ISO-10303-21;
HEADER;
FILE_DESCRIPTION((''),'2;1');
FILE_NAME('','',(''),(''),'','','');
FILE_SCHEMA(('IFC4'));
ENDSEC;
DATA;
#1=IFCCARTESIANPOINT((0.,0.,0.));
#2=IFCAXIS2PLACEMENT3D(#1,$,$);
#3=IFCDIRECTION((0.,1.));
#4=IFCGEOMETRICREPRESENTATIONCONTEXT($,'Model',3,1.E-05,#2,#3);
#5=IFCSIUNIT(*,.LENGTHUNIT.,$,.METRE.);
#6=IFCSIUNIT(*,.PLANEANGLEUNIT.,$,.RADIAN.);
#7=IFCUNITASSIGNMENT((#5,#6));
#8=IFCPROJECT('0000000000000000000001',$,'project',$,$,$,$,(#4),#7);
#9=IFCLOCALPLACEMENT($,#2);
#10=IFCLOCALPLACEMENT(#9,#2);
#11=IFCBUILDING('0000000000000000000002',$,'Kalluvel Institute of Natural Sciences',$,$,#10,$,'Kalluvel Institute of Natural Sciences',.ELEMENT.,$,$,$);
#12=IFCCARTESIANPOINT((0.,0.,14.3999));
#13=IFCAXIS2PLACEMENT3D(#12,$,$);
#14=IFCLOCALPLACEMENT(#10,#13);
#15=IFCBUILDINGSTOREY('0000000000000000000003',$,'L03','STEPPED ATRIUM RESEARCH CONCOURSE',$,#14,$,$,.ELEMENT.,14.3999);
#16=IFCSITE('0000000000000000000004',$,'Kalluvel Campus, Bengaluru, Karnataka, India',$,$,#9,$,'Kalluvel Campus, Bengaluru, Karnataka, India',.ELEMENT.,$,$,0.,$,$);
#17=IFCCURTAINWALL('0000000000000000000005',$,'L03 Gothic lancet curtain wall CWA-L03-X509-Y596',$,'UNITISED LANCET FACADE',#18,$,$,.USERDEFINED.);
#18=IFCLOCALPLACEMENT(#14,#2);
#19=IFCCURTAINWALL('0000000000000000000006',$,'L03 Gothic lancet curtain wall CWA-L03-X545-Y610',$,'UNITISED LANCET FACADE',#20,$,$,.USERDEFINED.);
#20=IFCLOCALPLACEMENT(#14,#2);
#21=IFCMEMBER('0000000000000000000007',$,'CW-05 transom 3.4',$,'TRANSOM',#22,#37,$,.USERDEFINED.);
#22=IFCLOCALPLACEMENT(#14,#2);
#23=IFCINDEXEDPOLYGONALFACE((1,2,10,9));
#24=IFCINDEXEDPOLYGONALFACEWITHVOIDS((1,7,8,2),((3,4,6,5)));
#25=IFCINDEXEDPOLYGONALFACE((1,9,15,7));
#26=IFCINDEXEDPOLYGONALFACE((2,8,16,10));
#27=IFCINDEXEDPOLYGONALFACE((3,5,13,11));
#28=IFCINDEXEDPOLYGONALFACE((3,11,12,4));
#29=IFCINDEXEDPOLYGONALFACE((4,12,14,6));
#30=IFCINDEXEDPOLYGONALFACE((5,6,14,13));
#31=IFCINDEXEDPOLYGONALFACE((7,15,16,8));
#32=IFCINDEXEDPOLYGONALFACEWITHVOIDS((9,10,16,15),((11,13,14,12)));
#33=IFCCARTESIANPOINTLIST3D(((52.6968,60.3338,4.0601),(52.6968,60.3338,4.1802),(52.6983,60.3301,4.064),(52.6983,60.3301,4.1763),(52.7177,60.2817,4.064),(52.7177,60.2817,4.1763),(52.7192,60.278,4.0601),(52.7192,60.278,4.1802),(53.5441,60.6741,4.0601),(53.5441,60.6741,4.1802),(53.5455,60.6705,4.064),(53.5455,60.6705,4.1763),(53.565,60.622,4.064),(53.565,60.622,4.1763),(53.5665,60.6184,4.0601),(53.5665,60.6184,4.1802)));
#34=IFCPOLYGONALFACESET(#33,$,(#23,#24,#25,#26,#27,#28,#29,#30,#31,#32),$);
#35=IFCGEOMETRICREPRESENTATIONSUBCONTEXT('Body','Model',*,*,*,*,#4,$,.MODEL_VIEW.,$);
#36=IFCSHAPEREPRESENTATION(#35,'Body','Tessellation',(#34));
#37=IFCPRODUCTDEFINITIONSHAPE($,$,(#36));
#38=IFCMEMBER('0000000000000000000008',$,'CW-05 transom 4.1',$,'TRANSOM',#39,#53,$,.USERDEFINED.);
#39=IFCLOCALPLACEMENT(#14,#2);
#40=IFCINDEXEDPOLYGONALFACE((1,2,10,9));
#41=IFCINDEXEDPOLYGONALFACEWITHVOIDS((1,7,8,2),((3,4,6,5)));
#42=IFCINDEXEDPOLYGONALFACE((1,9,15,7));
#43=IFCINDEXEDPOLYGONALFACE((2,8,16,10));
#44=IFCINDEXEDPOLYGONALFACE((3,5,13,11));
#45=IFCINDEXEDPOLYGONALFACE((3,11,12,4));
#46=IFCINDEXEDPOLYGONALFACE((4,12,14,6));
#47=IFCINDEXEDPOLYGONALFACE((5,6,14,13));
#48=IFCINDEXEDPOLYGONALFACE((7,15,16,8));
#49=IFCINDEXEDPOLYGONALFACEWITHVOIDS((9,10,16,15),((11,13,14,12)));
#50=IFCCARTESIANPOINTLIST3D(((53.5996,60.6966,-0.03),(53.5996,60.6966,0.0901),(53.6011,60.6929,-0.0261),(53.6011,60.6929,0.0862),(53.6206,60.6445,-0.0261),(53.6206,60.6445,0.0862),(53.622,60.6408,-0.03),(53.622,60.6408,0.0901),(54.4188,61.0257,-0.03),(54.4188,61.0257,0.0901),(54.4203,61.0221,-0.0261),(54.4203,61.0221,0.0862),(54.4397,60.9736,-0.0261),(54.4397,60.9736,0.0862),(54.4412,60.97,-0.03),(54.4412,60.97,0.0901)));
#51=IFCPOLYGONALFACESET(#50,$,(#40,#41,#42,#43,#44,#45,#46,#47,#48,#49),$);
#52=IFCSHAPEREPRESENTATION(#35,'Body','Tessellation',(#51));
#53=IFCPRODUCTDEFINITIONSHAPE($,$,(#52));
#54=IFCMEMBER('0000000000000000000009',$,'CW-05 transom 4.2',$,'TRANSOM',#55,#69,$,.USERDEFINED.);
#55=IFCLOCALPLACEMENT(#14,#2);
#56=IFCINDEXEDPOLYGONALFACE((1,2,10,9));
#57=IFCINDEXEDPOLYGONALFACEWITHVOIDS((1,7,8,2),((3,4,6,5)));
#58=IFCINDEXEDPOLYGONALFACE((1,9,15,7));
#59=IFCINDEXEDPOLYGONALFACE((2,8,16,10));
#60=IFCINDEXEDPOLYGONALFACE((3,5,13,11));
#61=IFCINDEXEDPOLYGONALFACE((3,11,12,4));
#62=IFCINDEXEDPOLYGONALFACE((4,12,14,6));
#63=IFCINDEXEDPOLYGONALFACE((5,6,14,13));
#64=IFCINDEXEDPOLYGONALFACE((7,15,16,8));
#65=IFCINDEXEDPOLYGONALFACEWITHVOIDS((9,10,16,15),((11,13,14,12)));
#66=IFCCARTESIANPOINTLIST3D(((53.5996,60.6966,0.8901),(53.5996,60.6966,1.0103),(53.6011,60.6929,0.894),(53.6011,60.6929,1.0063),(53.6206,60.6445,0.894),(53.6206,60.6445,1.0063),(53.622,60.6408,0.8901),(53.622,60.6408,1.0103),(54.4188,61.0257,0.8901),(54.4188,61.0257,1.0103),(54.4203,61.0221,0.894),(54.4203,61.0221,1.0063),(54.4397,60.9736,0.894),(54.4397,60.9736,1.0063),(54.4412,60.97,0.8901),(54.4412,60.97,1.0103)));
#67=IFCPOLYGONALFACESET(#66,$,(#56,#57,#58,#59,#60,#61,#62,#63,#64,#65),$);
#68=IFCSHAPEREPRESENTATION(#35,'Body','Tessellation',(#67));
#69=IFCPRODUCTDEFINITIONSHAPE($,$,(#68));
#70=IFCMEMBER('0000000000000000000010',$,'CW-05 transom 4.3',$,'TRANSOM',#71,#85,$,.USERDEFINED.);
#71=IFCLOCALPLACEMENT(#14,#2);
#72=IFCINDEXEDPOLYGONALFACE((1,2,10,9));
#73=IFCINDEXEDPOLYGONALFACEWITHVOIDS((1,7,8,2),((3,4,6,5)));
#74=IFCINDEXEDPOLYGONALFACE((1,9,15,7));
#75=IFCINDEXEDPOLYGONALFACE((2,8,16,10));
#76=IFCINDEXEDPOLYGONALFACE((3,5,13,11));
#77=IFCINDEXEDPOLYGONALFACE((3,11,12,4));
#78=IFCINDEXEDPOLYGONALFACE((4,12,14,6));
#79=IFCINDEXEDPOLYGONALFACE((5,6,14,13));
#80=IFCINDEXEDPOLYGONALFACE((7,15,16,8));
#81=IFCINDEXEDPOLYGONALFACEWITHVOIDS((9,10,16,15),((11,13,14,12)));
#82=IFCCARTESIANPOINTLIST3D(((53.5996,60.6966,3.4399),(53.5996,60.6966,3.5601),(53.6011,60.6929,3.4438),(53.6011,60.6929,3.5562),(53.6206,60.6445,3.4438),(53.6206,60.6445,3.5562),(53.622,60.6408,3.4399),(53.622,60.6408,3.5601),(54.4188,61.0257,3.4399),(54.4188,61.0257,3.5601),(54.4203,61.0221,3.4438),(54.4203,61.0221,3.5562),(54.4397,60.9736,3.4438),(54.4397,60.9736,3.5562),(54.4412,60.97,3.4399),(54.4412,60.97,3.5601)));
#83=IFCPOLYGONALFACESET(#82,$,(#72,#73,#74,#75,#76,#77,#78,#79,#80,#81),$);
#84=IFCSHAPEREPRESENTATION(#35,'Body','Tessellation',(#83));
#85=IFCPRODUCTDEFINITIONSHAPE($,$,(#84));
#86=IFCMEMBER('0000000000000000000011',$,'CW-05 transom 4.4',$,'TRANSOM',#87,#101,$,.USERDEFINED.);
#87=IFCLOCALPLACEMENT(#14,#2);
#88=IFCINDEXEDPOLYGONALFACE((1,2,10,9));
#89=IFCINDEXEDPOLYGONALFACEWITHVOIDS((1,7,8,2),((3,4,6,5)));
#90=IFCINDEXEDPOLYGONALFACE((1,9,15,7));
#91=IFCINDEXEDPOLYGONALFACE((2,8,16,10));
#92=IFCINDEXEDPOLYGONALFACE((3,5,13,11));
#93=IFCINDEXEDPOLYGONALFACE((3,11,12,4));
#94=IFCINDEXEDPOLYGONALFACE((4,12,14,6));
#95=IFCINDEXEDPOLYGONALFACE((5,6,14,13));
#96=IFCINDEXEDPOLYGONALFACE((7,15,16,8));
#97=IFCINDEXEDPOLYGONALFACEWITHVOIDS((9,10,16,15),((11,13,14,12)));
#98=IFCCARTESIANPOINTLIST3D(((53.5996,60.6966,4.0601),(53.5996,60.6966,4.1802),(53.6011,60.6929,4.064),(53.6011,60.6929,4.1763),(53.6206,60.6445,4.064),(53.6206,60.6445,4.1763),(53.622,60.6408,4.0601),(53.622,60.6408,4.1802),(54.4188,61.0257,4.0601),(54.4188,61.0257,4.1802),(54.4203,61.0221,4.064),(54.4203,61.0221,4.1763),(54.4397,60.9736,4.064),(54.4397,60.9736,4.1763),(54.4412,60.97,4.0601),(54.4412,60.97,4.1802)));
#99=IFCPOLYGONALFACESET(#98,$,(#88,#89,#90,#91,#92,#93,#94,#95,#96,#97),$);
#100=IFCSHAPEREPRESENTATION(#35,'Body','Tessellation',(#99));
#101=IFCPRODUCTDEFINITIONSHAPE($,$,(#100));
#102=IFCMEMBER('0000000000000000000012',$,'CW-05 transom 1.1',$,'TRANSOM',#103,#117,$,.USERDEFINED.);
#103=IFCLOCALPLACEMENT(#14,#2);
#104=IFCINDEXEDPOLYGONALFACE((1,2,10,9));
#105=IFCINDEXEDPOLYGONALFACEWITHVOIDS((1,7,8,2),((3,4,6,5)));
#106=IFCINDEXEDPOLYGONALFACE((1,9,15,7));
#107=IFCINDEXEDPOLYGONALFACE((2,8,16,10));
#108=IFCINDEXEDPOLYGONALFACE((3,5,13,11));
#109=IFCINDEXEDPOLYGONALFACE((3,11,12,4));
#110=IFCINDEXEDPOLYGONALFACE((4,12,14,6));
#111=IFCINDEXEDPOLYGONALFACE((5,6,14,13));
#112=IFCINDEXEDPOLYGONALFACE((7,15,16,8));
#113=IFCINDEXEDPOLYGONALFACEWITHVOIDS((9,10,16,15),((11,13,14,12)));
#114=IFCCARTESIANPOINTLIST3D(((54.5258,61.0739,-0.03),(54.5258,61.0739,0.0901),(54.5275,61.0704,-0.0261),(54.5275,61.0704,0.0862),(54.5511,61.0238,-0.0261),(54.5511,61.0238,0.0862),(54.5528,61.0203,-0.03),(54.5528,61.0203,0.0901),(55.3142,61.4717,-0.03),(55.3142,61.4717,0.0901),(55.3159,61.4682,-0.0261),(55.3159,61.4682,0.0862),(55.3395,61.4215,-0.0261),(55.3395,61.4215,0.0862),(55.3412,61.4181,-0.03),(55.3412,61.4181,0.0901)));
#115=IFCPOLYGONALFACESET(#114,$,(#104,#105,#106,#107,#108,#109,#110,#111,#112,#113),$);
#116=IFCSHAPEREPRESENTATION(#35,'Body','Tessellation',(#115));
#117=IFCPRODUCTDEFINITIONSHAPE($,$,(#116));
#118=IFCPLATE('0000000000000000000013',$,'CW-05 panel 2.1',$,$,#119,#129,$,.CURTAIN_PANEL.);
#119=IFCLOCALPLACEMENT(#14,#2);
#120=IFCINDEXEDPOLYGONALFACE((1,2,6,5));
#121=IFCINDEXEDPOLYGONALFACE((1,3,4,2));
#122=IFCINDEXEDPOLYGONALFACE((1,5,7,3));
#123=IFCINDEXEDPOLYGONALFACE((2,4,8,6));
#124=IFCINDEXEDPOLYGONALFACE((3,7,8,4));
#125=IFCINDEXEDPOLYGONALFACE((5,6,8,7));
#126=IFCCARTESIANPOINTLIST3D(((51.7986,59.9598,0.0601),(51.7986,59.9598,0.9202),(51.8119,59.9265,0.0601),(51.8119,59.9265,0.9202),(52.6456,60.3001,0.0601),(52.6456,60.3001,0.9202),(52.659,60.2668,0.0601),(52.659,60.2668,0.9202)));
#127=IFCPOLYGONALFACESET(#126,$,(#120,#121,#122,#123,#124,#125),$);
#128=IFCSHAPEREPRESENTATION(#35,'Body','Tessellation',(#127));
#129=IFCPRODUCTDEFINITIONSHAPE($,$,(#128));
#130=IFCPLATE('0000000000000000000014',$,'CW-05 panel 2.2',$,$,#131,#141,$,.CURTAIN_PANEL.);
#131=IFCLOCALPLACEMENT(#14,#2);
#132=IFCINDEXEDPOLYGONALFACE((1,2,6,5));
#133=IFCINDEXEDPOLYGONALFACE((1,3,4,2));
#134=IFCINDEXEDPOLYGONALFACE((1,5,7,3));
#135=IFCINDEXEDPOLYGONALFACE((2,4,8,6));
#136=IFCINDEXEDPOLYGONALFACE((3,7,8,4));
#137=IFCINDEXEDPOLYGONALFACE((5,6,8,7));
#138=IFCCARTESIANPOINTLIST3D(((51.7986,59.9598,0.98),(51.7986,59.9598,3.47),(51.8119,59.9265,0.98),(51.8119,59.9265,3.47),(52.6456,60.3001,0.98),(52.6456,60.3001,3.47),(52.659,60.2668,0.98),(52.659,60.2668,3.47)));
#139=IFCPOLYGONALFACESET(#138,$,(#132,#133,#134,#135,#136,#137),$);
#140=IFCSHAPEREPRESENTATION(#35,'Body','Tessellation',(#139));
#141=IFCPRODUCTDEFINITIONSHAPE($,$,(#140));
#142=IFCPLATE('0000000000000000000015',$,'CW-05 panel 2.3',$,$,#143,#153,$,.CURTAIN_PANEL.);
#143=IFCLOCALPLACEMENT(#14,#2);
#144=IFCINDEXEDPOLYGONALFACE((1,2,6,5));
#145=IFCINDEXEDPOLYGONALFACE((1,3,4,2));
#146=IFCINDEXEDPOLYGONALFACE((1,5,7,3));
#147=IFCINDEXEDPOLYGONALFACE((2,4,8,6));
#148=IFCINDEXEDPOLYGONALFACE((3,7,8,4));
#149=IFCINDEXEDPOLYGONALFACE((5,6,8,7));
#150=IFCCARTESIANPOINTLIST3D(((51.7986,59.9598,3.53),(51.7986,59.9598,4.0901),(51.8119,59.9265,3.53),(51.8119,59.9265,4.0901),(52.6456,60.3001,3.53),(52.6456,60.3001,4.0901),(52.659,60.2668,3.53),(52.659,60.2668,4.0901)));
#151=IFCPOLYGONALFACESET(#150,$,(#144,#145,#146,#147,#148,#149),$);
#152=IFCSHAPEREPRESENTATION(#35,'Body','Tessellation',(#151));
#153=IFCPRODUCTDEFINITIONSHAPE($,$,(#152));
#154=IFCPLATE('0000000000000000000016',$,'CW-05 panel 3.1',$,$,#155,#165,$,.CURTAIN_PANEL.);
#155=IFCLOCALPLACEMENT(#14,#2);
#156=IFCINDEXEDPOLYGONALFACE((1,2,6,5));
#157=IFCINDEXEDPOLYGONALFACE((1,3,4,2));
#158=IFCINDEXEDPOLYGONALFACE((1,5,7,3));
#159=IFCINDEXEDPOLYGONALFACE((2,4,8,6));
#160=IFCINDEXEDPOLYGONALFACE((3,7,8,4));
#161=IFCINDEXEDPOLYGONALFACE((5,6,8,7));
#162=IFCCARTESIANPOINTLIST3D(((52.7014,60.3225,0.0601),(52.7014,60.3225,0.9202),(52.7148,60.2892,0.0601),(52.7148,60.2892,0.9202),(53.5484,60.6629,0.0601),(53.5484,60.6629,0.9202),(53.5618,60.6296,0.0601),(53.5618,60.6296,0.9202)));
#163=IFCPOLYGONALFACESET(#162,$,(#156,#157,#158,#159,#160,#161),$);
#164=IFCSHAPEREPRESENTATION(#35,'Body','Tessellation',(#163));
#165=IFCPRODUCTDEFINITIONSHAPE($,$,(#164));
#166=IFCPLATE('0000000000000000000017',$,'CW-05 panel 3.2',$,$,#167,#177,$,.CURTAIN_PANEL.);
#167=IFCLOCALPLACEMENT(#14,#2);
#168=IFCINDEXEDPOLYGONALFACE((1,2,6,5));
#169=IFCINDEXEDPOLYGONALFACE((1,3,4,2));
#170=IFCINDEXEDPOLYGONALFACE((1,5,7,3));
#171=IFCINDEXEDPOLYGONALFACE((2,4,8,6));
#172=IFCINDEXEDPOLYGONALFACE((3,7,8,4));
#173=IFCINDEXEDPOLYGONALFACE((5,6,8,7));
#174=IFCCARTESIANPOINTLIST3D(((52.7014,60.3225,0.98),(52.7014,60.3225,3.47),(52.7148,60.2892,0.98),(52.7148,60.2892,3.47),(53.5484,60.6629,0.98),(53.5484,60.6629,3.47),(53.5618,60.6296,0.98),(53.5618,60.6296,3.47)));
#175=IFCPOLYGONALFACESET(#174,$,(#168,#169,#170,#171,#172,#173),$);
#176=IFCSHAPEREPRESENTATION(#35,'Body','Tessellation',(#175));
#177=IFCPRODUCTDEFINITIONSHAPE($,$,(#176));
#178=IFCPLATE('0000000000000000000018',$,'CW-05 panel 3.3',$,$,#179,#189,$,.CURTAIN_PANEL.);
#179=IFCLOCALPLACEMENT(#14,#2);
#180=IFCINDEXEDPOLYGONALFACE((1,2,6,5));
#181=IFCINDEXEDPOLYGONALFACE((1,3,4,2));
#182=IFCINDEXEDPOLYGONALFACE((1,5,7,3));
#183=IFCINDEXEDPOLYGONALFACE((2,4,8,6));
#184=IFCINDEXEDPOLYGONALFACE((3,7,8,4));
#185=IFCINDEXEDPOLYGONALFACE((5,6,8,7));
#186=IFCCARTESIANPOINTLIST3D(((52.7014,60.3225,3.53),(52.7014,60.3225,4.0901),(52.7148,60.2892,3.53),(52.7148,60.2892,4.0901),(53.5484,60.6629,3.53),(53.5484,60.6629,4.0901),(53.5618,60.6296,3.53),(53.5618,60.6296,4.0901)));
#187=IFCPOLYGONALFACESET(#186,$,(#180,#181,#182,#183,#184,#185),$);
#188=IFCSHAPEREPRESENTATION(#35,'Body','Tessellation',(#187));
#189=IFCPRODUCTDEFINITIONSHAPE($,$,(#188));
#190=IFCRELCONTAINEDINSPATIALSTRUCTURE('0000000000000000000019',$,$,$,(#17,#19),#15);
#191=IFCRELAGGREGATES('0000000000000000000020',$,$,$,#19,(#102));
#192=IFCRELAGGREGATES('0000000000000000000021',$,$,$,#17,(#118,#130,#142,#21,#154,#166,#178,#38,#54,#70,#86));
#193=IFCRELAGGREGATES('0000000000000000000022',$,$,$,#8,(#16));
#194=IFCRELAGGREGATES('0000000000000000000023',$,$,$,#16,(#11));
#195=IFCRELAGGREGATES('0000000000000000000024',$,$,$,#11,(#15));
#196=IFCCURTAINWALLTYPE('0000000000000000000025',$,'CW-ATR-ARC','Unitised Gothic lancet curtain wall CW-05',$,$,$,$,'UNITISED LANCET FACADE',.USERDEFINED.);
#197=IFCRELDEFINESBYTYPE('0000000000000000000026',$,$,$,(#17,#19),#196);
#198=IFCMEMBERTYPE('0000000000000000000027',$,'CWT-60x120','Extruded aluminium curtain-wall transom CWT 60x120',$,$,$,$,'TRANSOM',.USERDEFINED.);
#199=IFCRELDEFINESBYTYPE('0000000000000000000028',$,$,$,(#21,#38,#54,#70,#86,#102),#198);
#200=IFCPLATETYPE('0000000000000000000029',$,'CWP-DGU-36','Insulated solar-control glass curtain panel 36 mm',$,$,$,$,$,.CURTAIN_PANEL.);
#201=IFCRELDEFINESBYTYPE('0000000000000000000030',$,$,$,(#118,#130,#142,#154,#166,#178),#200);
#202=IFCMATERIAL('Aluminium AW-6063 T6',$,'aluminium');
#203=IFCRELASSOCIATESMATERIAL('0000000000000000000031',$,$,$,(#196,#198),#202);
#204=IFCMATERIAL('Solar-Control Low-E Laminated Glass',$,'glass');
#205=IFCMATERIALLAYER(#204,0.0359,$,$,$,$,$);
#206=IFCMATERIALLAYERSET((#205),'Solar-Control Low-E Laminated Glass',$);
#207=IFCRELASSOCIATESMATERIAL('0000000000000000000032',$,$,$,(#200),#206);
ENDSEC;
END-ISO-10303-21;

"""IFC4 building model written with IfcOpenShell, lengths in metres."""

from ifc_helpers import new_model, si_unit, direction, frame, origin, origin_2d, place, context, subcontext, project, spatial, rectangle, hollow_rectangle, extrude, material, layer, layer_set, material_profile, profile_set, type_object, element, aggregate, save


model = new_model("IFC4")

# Units and contexts
model_context = context("Model", 3, precision=1e-05, world=origin(), true_north=direction((0.0, 1.0)))
body_context = subcontext(model_context, "Body", "Model", "MODEL_VIEW")
ifc_project = project(units=[si_unit("LENGTHUNIT", "METRE"), si_unit("PLANEANGLEUNIT", "RADIAN")], contexts=[model_context])

# Site, building, storey
site_placement = place(None, origin())
site = spatial("IfcSite", under=ifc_project, at=site_placement, Name="Kalluvel Campus, Bengaluru, Karnataka, India", LongName="Kalluvel Campus, Bengaluru, Karnataka, India", CompositionType="ELEMENT", RefElevation=0.0)
building_placement = place(site_placement, origin())
building = spatial("IfcBuilding", under=site, at=building_placement, Name="Kalluvel Institute of Natural Sciences", LongName="Kalluvel Institute of Natural Sciences", CompositionType="ELEMENT")
storey_placement = place(building_placement, frame((0.0, 0.0, 14.3999)))
storey = spatial("IfcBuildingStorey", under=building, at=storey_placement, Name="L03", Description="STEPPED ATRIUM RESEARCH CONCOURSE", CompositionType="ELEMENT", Elevation=14.3999)

# Curtain wall
ifc_material_1 = material(Name="Aluminium AW-6063 T6", Category="aluminium")
curtain_wall_type = type_object("IfcCurtainWallType", Name="CW-ATR-ARC", Description="Unitised Gothic lancet curtain wall CW-05", ElementType="UNITISED LANCET FACADE", PredefinedType="USERDEFINED", material=ifc_material_1)
curtain_wall_1_placement = place(storey_placement, origin())
curtain_wall_1 = element("IfcCurtainWall", 1, at=curtain_wall_1_placement, inside=storey, type_object=curtain_wall_type, Name="L03 Gothic lancet curtain wall CWA-L03-X509-Y596", ObjectType="UNITISED LANCET FACADE", PredefinedType="USERDEFINED")

# Curtain wall
curtain_wall_2_placement = place(storey_placement, origin())
curtain_wall_2 = element("IfcCurtainWall", 2, at=curtain_wall_2_placement, inside=storey, type_object=curtain_wall_type, Name="L03 Gothic lancet curtain wall CWA-L03-X545-Y610", ObjectType="UNITISED LANCET FACADE", PredefinedType="USERDEFINED")

# Members
ifc_material_profile_1 = material_profile(ifc_material_1, hollow_rectangle(XDim=0.0601, YDim=0.1201, WallThickness=0.0039, at=origin_2d()), Name="CWT 60x120")
ifc_profile_set_1 = profile_set([ifc_material_profile_1], Name="Aluminium AW-6063 T6")
member_type_1 = type_object("IfcMemberType", Name="CWT-60x120", Description="Extruded aluminium curtain-wall transom CWT 60x120", ElementType="TRANSOM", PredefinedType="USERDEFINED", material=ifc_profile_set_1)
member_1_placement = place(storey_placement, frame((52.708, 60.3059, 4.1201), z_axis=(0.927922, 0.372773, 0.0), x_axis=(-0.372773, 0.927922, 0.0)))
member_1 = element("IfcMember", 3, at=member_1_placement, type_object=member_type_1, Name="CW-05 transom 3.4", ObjectType="TRANSOM", PredefinedType="USERDEFINED", context=body_context, shape_type="SweptSolid", body=[
    extrude(hollow_rectangle(XDim=0.0601, YDim=0.1201, WallThickness=0.0039, at=origin_2d()), origin(), (0.0, 0.0, 1.0), 0.9131),
])
member_2_placement = place(storey_placement, frame((53.6108, 60.6687, 0.03), z_axis=(0.927903, 0.372821, 0.0), x_axis=(-0.372821, 0.927903, 0.0)))
member_2 = element("IfcMember", 4, at=member_2_placement, type_object=member_type_1, Name="CW-05 transom 4.1", ObjectType="TRANSOM", PredefinedType="USERDEFINED", context=body_context, shape_type="SweptSolid", body=[
    extrude(hollow_rectangle(XDim=0.0601, YDim=0.1201, WallThickness=0.0039, at=origin_2d()), origin(), (0.0, 0.0, 1.0), 0.8828),
])
member_3_placement = place(storey_placement, frame((53.6108, 60.6687, 0.9502), z_axis=(0.927903, 0.372821, 0.0), x_axis=(-0.372821, 0.927903, 0.0)))
member_3 = element("IfcMember", 5, at=member_3_placement, type_object=member_type_1, Name="CW-05 transom 4.2", ObjectType="TRANSOM", PredefinedType="USERDEFINED", context=body_context, shape_type="SweptSolid", body=[
    extrude(hollow_rectangle(XDim=0.0601, YDim=0.1201, WallThickness=0.0039, at=origin_2d()), origin(), (0.0, 0.0, 1.0), 0.8828),
])
member_4_placement = place(storey_placement, frame((53.6108, 60.6687, 3.5), z_axis=(0.927903, 0.372821, 0.0), x_axis=(-0.372821, 0.927903, 0.0)))
member_4 = element("IfcMember", 6, at=member_4_placement, type_object=member_type_1, Name="CW-05 transom 4.3", ObjectType="TRANSOM", PredefinedType="USERDEFINED", context=body_context, shape_type="SweptSolid", body=[
    extrude(hollow_rectangle(XDim=0.0601, YDim=0.1201, WallThickness=0.0039, at=origin_2d()), origin(), (0.0, 0.0, 1.0), 0.8828),
])
member_5_placement = place(storey_placement, frame((53.6108, 60.6687, 4.1201), z_axis=(0.927903, 0.372821, 0.0), x_axis=(-0.372821, 0.927903, 0.0)))
member_5 = element("IfcMember", 7, at=member_5_placement, type_object=member_type_1, Name="CW-05 transom 4.4", ObjectType="TRANSOM", PredefinedType="USERDEFINED", context=body_context, shape_type="SweptSolid", body=[
    extrude(hollow_rectangle(XDim=0.0601, YDim=0.1201, WallThickness=0.0039, at=origin_2d()), origin(), (0.0, 0.0, 1.0), 0.8828),
])
member_6_placement = place(storey_placement, frame((54.5393, 61.0471, 0.03), z_axis=(0.892818, 0.450418, 0.0), x_axis=(-0.450418, 0.892818, 0.0)))
member_6 = element("IfcMember", 8, at=member_6_placement, type_object=member_type_1, Name="CW-05 transom 1.1", ObjectType="TRANSOM", PredefinedType="USERDEFINED", context=body_context, shape_type="SweptSolid", body=[
    extrude(hollow_rectangle(XDim=0.0601, YDim=0.1201, WallThickness=0.0039, at=origin_2d()), origin(), (0.0, 0.0, 1.0), 0.8831),
])
aggregate(curtain_wall_2, [member_6])

# Plates
ifc_material_2 = material(Name="Solar-Control Low-E Laminated Glass", Category="glass")
ifc_layer = layer(ifc_material_2, 0.0359)
ifc_layer_set = layer_set([ifc_layer], Name="Solar-Control Low-E Laminated Glass")
plate_type = type_object("IfcPlateType", Name="CWP-DGU-36", Description="Insulated solar-control glass curtain panel 36 mm", PredefinedType="CURTAIN_PANEL", material=ifc_layer_set)
plate_1_placement = place(storey_placement, frame((52.2288, 60.1133, 0.0601), z_axis=(0.0, 0.0, 1.0), x_axis=(0.927889, 0.372857, 0.0)))
plate_1 = element("IfcPlate", 9, at=plate_1_placement, type_object=plate_type, Name="CW-05 panel 2.1", PredefinedType="CURTAIN_PANEL", context=body_context, shape_type="SweptSolid", body=[
    extrude(rectangle(XDim=0.9128, YDim=0.0359, at=origin_2d()), origin(), (0.0, 0.0, 1.0), 0.8601),
])
plate_2_placement = place(storey_placement, frame((52.2288, 60.1133, 0.98), z_axis=(0.0, 0.0, 1.0), x_axis=(0.927889, 0.372857, 0.0)))
plate_2 = element("IfcPlate", 10, at=plate_2_placement, type_object=plate_type, Name="CW-05 panel 2.2", PredefinedType="CURTAIN_PANEL", context=body_context, shape_type="SweptSolid", body=[
    extrude(rectangle(XDim=0.9128, YDim=0.0359, at=origin_2d()), origin(), (0.0, 0.0, 1.0), 2.49),
])
plate_3_placement = place(storey_placement, frame((52.2288, 60.1133, 3.53), z_axis=(0.0, 0.0, 1.0), x_axis=(0.927889, 0.372857, 0.0)))
plate_3 = element("IfcPlate", 11, at=plate_3_placement, type_object=plate_type, Name="CW-05 panel 2.3", PredefinedType="CURTAIN_PANEL", context=body_context, shape_type="SweptSolid", body=[
    extrude(rectangle(XDim=0.9128, YDim=0.0359, at=origin_2d()), origin(), (0.0, 0.0, 1.0), 0.5601),
])
plate_4_placement = place(storey_placement, frame((53.1316, 60.4761, 0.0601), z_axis=(0.0, 0.0, 1.0), x_axis=(0.927889, 0.372857, 0.0)))
plate_4 = element("IfcPlate", 12, at=plate_4_placement, type_object=plate_type, Name="CW-05 panel 3.1", PredefinedType="CURTAIN_PANEL", context=body_context, shape_type="SweptSolid", body=[
    extrude(rectangle(XDim=0.9128, YDim=0.0359, at=origin_2d()), origin(), (0.0, 0.0, 1.0), 0.8601),
])
plate_5_placement = place(storey_placement, frame((53.1316, 60.4761, 0.98), z_axis=(0.0, 0.0, 1.0), x_axis=(0.927889, 0.372857, 0.0)))
plate_5 = element("IfcPlate", 13, at=plate_5_placement, type_object=plate_type, Name="CW-05 panel 3.2", PredefinedType="CURTAIN_PANEL", context=body_context, shape_type="SweptSolid", body=[
    extrude(rectangle(XDim=0.9128, YDim=0.0359, at=origin_2d()), origin(), (0.0, 0.0, 1.0), 2.49),
])
plate_6_placement = place(storey_placement, frame((53.1316, 60.4761, 3.53), z_axis=(0.0, 0.0, 1.0), x_axis=(0.927889, 0.372857, 0.0)))
plate_6 = element("IfcPlate", 14, at=plate_6_placement, type_object=plate_type, Name="CW-05 panel 3.3", PredefinedType="CURTAIN_PANEL", context=body_context, shape_type="SweptSolid", body=[
    extrude(rectangle(XDim=0.9128, YDim=0.0359, at=origin_2d()), origin(), (0.0, 0.0, 1.0), 0.5601),
])
aggregate(curtain_wall_1, [plate_1, plate_2, plate_3, member_1, plate_4, plate_5, plate_6, member_2, member_3, member_4, member_5])

save(model, "model.ifc")
